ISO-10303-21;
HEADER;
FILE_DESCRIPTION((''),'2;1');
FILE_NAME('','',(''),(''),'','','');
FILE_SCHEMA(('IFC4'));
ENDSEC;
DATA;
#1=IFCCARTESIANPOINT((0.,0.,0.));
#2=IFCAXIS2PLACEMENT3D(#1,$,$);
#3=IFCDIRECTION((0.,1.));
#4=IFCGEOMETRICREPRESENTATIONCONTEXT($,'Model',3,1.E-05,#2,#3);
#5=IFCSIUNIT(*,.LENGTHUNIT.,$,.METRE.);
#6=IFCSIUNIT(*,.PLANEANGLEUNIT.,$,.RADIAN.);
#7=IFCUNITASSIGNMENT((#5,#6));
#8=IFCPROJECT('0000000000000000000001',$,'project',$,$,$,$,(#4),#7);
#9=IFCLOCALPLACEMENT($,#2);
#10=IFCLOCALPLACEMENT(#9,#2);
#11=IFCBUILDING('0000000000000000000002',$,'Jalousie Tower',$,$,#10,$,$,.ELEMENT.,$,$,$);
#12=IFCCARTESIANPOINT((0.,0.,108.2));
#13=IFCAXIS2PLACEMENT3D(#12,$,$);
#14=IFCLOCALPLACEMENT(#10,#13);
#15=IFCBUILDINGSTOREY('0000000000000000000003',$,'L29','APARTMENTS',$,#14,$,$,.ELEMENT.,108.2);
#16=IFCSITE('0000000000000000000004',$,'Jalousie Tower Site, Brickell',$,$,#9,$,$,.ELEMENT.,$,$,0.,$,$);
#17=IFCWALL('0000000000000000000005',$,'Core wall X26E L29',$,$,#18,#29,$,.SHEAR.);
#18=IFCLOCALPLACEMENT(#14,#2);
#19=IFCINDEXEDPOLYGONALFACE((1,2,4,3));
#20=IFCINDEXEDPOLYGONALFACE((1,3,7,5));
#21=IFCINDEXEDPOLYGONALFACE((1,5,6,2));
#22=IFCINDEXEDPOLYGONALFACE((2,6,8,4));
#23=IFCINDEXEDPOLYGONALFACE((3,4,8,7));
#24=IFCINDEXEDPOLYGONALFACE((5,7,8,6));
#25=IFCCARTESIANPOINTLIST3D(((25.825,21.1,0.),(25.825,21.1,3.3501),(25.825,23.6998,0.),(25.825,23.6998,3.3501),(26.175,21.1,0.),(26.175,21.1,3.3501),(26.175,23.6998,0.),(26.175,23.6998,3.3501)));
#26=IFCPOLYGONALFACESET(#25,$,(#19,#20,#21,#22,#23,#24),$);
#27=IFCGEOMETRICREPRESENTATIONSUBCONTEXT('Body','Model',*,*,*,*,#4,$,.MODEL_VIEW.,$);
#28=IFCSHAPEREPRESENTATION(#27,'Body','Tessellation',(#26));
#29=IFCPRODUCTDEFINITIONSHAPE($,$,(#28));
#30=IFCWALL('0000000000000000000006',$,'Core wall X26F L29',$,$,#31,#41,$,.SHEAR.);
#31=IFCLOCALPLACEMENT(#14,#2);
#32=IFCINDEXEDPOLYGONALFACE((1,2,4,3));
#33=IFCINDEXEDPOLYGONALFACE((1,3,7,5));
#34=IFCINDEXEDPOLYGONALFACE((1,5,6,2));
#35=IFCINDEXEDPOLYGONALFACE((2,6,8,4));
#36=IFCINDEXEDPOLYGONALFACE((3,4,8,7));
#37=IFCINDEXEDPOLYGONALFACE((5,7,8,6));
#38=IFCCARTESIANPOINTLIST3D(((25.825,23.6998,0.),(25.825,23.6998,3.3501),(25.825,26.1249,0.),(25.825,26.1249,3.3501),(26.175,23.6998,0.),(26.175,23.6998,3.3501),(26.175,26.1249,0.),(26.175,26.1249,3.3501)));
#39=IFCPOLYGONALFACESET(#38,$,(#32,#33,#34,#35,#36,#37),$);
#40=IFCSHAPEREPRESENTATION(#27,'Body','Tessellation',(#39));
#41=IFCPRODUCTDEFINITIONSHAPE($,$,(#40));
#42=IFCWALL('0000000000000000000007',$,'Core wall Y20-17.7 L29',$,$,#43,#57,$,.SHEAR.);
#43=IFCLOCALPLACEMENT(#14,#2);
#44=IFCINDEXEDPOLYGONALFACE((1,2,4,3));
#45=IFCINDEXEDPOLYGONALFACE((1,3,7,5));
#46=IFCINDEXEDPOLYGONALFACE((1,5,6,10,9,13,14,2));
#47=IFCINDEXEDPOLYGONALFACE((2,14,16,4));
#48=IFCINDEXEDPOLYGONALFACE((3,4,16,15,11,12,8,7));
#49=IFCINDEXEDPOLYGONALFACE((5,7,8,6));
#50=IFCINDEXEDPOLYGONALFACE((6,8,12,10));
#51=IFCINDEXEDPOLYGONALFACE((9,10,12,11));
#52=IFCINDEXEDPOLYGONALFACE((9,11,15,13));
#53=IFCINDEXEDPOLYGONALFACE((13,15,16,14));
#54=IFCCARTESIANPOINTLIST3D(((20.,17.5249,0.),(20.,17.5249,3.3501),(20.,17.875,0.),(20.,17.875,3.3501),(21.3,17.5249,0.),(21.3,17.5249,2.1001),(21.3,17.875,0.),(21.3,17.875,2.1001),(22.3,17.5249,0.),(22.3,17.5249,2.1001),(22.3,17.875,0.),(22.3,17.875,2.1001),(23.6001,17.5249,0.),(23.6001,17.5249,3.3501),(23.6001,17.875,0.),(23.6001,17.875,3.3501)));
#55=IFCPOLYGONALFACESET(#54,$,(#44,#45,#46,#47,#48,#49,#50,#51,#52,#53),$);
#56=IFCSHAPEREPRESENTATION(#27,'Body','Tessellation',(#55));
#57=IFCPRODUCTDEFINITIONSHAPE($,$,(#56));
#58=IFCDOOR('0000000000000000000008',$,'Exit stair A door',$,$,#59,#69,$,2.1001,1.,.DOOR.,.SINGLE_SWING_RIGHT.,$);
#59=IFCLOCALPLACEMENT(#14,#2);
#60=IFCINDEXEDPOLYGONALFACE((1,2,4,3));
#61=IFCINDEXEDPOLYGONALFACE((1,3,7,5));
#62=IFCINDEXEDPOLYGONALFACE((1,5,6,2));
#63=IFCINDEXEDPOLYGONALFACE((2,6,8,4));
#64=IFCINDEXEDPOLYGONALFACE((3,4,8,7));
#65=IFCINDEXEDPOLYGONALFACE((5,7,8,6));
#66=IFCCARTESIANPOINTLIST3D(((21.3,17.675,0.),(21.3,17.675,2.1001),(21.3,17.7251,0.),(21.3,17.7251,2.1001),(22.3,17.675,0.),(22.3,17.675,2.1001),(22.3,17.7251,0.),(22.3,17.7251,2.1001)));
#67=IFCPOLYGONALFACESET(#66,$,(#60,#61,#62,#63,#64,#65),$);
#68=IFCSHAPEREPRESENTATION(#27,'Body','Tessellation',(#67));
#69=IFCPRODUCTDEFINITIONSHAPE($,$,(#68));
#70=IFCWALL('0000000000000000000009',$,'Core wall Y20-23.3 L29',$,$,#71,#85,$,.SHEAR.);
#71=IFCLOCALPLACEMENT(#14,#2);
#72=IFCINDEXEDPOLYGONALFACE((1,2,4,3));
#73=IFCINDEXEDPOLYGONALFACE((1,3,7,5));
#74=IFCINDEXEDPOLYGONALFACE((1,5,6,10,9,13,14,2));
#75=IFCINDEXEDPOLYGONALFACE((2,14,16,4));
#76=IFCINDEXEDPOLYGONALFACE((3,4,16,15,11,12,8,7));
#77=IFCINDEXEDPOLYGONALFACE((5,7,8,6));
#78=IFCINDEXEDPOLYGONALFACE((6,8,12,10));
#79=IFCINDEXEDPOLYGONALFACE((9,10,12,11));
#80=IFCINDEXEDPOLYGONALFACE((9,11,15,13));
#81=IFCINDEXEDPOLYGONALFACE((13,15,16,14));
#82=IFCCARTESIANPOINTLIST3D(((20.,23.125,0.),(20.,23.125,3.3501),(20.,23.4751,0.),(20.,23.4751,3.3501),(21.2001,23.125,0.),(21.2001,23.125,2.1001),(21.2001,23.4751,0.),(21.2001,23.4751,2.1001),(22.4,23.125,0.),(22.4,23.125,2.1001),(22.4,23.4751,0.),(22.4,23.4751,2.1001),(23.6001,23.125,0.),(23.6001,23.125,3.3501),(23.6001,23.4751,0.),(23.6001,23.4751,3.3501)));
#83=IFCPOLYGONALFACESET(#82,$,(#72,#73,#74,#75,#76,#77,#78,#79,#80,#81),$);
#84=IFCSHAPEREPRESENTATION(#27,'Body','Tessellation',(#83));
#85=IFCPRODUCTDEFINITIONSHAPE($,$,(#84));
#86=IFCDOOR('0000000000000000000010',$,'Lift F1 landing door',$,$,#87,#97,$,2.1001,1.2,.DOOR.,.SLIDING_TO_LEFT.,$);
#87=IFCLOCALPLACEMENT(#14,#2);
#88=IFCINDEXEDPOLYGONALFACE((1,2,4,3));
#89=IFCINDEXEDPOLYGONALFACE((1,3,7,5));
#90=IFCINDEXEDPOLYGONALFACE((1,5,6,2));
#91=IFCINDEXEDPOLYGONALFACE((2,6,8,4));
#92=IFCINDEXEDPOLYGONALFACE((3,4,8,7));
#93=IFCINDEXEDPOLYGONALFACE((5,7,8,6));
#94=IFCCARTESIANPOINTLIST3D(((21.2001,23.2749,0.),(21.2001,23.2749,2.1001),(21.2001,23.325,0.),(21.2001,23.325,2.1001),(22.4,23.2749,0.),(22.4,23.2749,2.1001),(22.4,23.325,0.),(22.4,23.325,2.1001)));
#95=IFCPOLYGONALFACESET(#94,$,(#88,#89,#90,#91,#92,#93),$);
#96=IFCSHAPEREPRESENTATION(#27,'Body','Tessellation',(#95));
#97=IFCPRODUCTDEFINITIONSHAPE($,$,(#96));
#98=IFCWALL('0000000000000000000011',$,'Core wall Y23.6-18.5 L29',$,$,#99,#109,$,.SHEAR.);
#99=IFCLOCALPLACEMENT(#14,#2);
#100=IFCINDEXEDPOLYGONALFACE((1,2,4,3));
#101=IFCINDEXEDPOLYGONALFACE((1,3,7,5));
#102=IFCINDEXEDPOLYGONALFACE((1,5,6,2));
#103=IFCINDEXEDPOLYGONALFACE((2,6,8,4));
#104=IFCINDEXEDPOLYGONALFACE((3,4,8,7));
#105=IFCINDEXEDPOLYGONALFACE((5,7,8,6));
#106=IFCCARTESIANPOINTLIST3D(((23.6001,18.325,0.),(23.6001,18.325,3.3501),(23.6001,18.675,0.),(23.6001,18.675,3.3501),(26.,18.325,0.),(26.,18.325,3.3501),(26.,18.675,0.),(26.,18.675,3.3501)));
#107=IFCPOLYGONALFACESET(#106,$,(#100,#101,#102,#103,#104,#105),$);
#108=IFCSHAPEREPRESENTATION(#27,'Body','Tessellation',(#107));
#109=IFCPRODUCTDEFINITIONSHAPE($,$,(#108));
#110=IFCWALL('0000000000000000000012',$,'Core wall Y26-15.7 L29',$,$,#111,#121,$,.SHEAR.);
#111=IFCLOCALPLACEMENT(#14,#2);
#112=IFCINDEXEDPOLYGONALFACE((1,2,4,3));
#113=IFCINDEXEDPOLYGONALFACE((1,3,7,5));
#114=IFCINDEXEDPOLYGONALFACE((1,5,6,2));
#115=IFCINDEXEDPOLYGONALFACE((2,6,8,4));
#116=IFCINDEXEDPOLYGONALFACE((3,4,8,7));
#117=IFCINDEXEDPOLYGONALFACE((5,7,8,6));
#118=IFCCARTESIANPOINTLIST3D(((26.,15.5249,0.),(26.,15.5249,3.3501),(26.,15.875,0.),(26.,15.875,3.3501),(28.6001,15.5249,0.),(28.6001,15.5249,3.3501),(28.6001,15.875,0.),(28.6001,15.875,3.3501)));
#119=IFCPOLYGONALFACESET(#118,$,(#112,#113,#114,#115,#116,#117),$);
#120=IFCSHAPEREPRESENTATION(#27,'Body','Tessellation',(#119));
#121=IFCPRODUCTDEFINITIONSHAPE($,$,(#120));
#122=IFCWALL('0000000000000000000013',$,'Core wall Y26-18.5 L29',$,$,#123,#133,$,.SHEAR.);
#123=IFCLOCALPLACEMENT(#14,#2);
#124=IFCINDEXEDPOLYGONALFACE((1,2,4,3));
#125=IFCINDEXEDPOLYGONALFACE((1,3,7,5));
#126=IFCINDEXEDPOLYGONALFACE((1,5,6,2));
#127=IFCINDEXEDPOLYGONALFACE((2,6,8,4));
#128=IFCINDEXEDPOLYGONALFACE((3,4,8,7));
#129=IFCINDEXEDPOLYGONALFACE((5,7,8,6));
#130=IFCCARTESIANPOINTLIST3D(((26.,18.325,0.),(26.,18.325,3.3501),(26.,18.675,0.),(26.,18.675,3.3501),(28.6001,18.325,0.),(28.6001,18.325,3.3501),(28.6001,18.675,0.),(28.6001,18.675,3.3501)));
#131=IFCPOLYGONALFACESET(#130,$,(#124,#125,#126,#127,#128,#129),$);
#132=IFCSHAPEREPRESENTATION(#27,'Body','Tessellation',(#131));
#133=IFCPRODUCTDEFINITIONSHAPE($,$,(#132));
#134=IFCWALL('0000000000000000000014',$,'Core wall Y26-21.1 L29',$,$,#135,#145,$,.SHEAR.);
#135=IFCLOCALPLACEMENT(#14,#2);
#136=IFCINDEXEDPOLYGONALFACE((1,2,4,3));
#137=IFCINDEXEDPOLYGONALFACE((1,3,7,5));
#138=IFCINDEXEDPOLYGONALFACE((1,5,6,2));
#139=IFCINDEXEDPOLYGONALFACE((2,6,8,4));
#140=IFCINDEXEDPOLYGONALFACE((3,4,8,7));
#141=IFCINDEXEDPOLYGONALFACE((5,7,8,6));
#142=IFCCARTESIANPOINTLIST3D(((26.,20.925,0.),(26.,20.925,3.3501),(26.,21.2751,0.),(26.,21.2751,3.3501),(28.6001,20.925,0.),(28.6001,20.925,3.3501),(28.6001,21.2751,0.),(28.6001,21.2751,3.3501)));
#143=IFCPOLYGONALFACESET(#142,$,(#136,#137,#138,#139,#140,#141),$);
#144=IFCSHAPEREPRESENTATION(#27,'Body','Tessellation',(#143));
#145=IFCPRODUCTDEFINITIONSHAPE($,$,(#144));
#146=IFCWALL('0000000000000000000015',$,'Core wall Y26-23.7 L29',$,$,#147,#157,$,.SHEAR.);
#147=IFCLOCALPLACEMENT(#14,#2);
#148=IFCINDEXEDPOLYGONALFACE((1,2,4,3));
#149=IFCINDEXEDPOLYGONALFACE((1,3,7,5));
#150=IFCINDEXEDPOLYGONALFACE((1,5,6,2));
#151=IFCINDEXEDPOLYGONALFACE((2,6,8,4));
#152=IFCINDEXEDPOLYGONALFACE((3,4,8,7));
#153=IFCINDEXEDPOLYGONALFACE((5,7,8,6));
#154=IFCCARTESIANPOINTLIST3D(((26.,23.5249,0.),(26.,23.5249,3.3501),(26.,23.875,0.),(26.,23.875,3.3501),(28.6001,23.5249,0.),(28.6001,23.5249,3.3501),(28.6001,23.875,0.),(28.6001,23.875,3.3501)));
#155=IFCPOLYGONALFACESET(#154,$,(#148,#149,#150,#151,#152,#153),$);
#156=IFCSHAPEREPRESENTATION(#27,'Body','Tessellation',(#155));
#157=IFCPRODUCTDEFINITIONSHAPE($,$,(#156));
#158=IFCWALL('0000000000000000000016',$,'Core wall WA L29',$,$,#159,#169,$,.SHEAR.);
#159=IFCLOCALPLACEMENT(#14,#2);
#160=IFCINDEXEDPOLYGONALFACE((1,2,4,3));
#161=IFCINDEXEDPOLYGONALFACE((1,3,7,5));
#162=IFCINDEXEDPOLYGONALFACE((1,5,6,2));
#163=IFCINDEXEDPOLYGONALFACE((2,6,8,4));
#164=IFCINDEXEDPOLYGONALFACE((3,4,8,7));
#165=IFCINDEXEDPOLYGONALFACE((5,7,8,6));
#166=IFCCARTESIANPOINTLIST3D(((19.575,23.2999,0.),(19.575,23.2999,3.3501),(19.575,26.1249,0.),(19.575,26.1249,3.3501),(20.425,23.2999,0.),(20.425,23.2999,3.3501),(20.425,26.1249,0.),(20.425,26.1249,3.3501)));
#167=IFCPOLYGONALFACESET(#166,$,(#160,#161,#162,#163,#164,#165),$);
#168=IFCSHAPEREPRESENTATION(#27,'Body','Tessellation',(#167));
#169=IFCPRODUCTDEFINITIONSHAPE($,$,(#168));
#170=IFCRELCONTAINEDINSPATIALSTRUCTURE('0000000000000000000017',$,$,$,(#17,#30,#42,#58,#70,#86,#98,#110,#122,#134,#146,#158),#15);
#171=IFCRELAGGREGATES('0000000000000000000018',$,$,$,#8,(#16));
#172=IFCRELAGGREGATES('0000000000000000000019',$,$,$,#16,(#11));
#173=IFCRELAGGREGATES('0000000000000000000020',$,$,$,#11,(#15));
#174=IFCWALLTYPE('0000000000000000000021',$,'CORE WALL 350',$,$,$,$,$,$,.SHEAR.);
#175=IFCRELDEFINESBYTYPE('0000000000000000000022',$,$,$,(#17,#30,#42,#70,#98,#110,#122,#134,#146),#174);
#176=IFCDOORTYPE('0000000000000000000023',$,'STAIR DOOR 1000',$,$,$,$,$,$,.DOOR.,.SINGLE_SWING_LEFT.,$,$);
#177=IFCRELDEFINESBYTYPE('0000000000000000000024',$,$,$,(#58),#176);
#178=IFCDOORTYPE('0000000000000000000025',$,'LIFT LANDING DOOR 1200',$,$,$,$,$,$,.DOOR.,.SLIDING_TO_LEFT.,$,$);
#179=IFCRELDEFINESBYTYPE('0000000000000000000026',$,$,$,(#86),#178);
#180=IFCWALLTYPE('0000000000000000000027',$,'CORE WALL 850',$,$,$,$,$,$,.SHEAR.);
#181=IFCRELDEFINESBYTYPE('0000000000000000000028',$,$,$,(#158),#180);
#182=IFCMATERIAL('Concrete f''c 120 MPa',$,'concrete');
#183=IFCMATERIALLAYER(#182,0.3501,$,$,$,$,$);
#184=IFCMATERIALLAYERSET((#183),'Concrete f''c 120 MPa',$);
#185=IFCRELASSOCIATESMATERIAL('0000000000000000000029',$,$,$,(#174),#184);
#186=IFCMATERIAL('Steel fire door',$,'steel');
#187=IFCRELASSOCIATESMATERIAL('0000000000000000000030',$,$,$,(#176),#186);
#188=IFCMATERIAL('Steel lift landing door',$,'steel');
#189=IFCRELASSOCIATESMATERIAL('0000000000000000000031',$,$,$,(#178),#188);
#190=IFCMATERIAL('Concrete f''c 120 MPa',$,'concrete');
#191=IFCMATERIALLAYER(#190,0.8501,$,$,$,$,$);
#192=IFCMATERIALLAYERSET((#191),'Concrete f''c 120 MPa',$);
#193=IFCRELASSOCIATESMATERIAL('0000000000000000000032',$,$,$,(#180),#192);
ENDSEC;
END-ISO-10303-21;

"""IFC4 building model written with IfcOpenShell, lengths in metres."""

from ifc_helpers import new_model, si_unit, direction, frame, frame_2d, origin, place, context, subcontext, project, spatial, rectangle, extrude, material, layer, layer_set, type_object, element, fill, save


model = new_model("IFC4")

# Units and contexts
model_context = context("Model", 3, precision=1e-05, world=origin(), true_north=direction((0.0, 1.0)))
body_context = subcontext(model_context, "Body", "Model", "MODEL_VIEW")
ifc_project = project(units=[si_unit("LENGTHUNIT", "METRE"), si_unit("PLANEANGLEUNIT", "RADIAN")], contexts=[model_context])

# Site, building, storey
site_placement = place(None, origin())
site = spatial("IfcSite", under=ifc_project, at=site_placement, Name="Jalousie Tower Site, Brickell", CompositionType="ELEMENT", RefElevation=0.0)
building_placement = place(site_placement, origin())
building = spatial("IfcBuilding", under=site, at=building_placement, Name="Jalousie Tower", CompositionType="ELEMENT")
storey_placement = place(building_placement, frame((0.0, 0.0, 108.2)))
storey = spatial("IfcBuildingStorey", under=building, at=storey_placement, Name="L29", Description="APARTMENTS", CompositionType="ELEMENT", Elevation=108.2)

# Walls
ifc_material_1 = material(Name="Concrete f'c 120 MPa", Category="concrete")
ifc_layer_1 = layer(ifc_material_1, 0.3501)
ifc_layer_set_1 = layer_set([ifc_layer_1], Name="Concrete f'c 120 MPa")
wall_type_1 = type_object("IfcWallType", Name="CORE WALL 350", PredefinedType="SHEAR", material=ifc_layer_set_1)
wall_1_placement = place(storey_placement, frame((26.0, 21.1001, 0.0), z_axis=(0.0, 0.0, 1.0), x_axis=(0.0, 1.0, 0.0)))
element("IfcWall", 1, at=wall_1_placement, inside=storey, type_object=wall_type_1, Name="Core wall X26E L29", PredefinedType="SHEAR", context=body_context, shape_type="SweptSolid", body=[
    extrude(rectangle(XDim=2.5999, YDim=0.3501, at=frame_2d((1.2998, 0.0))), origin(), (0.0, 0.0, 1.0), 3.3501),
])
wall_2_placement = place(storey_placement, frame((26.0, 23.7, 0.0), z_axis=(0.0, 0.0, 1.0), x_axis=(0.0, 1.0, 0.0)))
element("IfcWall", 2, at=wall_2_placement, inside=storey, type_object=wall_type_1, Name="Core wall X26F L29", PredefinedType="SHEAR", context=body_context, shape_type="SweptSolid", body=[
    extrude(rectangle(XDim=2.425, YDim=0.3501, at=frame_2d((1.2124, 0.0))), origin(), (0.0, 0.0, 1.0), 3.3501),
])

# Walls, openings, doors
wall_3_placement = place(storey_placement, frame((20.0, 17.7, 0.0), z_axis=(0.0, 0.0, 1.0), x_axis=(1.0, 0.0, 0.0)))
wall_3 = element("IfcWall", 3, at=wall_3_placement, inside=storey, type_object=wall_type_1, Name="Core wall Y20-17.7 L29", PredefinedType="SHEAR", context=body_context, shape_type="SweptSolid", body=[
    extrude(rectangle(XDim=3.6001, YDim=0.3501, at=frame_2d((1.8, 0.0))), origin(), (0.0, 0.0, 1.0), 3.3501),
])
opening_1_placement = place(wall_3_placement, frame((1.3, 0.0, 0.0)))
opening_1 = element("IfcOpeningElement", 4, at=opening_1_placement, cuts=wall_3, PredefinedType="OPENING", context=body_context, shape_type="SweptSolid", body=[
    extrude(rectangle(XDim=1.0, YDim=2.1001, at=frame_2d((0.5, 1.05))), frame((0.0, 0.1851, 0.0), z_axis=(0.0, -1.0, 0.0), x_axis=(1.0, 0.0, 0.0)), (0.0, 0.0, 1.0), 0.3701),
])
ifc_material_2 = material(Name="Steel fire door", Category="steel")
door_type_1 = type_object("IfcDoorType", Name="STAIR DOOR 1000", OperationType="SINGLE_SWING_LEFT", PredefinedType="DOOR", material=ifc_material_2)
door_1_placement = place(opening_1_placement, frame((1.0, 0.0, 0.0), z_axis=(0.0, 0.0, 1.0), x_axis=(-1.0, 0.0, 0.0)))
door_1 = element("IfcDoor", 5, at=door_1_placement, inside=storey, type_object=door_type_1, Name="Exit stair A door", OperationType="SINGLE_SWING_RIGHT", OverallHeight=2.1001, OverallWidth=1.0, PredefinedType="DOOR", context=body_context, shape_type="SweptSolid", body=[
    extrude(rectangle(XDim=1.0, YDim=2.1001, at=frame_2d((0.5, 1.05))), frame((0.0, 0.0249, 0.0), z_axis=(0.0, -1.0, 0.0), x_axis=(1.0, 0.0, 0.0)), (0.0, 0.0, 1.0), 0.05),
])
fill(opening_1, door_1)
wall_4_placement = place(storey_placement, frame((20.0, 23.3, 0.0), z_axis=(0.0, 0.0, 1.0), x_axis=(1.0, 0.0, 0.0)))
wall_4 = element("IfcWall", 6, at=wall_4_placement, inside=storey, type_object=wall_type_1, Name="Core wall Y20-23.3 L29", PredefinedType="SHEAR", context=body_context, shape_type="SweptSolid", body=[
    extrude(rectangle(XDim=3.6001, YDim=0.3501, at=frame_2d((1.8, 0.0))), origin(), (0.0, 0.0, 1.0), 3.3501),
])
opening_2_placement = place(wall_4_placement, frame((1.2, 0.0, 0.0)))
opening_2 = element("IfcOpeningElement", 7, at=opening_2_placement, cuts=wall_4, PredefinedType="OPENING", context=body_context, shape_type="SweptSolid", body=[
    extrude(rectangle(XDim=1.2, YDim=2.1001, at=frame_2d((0.6001, 1.05))), frame((0.0, 0.1851, 0.0), z_axis=(0.0, -1.0, 0.0), x_axis=(1.0, 0.0, 0.0)), (0.0, 0.0, 1.0), 0.3701),
])
ifc_material_3 = material(Name="Steel lift landing door", Category="steel")
door_type_2 = type_object("IfcDoorType", Name="LIFT LANDING DOOR 1200", OperationType="SLIDING_TO_LEFT", PredefinedType="DOOR", material=ifc_material_3)
door_2_placement = place(opening_2_placement, origin())
door_2 = element("IfcDoor", 8, at=door_2_placement, inside=storey, type_object=door_type_2, Name="Lift F1 landing door", OperationType="SLIDING_TO_LEFT", OverallHeight=2.1001, OverallWidth=1.2, PredefinedType="DOOR", context=body_context, shape_type="SweptSolid", body=[
    extrude(rectangle(XDim=1.2, YDim=2.1001, at=frame_2d((0.6001, 1.05))), frame((0.0, 0.0249, 0.0), z_axis=(0.0, -1.0, 0.0), x_axis=(1.0, 0.0, 0.0)), (0.0, 0.0, 1.0), 0.05),
])
fill(opening_2, door_2)

# Walls
wall_5_placement = place(storey_placement, frame((23.6001, 18.5, 0.0), z_axis=(0.0, 0.0, 1.0), x_axis=(1.0, 0.0, 0.0)))
element("IfcWall", 9, at=wall_5_placement, inside=storey, type_object=wall_type_1, Name="Core wall Y23.6-18.5 L29", PredefinedType="SHEAR", context=body_context, shape_type="SweptSolid", body=[
    extrude(rectangle(XDim=2.3999, YDim=0.3501, at=frame_2d((1.2, 0.0))), origin(), (0.0, 0.0, 1.0), 3.3501),
])
for number, where, z_axis, x_axis, name in (
    (10, (26.0, 15.7, 0.0), (0.0, 0.0, 1.0), (1.0, 0.0, 0.0), "Core wall Y26-15.7 L29"),
    (11, (26.0, 18.5, 0.0), (0.0, 0.0, 1.0), (1.0, 0.0, 0.0), "Core wall Y26-18.5 L29"),
    (12, (26.0, 21.1001, 0.0), (0.0, 0.0, 1.0), (1.0, 0.0, 0.0), "Core wall Y26-21.1 L29"),
    (13, (26.0, 23.7, 0.0), (0.0, 0.0, 1.0), (1.0, 0.0, 0.0), "Core wall Y26-23.7 L29"),
):
    element("IfcWall", number, at=place(storey_placement, frame(where, z_axis=z_axis, x_axis=x_axis)), inside=storey, type_object=wall_type_1, Name=name, PredefinedType="SHEAR", context=body_context, shape_type="SweptSolid", body=[
        extrude(rectangle(XDim=2.6001, YDim=0.3501, at=frame_2d((1.3, 0.0))), origin(), (0.0, 0.0, 1.0), 3.3501),
    ])
ifc_material_4 = material(Name="Concrete f'c 120 MPa", Category="concrete")
ifc_layer_2 = layer(ifc_material_4, 0.8501)
ifc_layer_set_2 = layer_set([ifc_layer_2], Name="Concrete f'c 120 MPa")
wall_type_2 = type_object("IfcWallType", Name="CORE WALL 850", PredefinedType="SHEAR", material=ifc_layer_set_2)
wall_6_placement = place(storey_placement, frame((20.0, 26.125, 0.0), z_axis=(0.0, 0.0, 1.0), x_axis=(0.0, -1.0, 0.0)))
element("IfcWall", 14, at=wall_6_placement, inside=storey, type_object=wall_type_2, Name="Core wall WA L29", PredefinedType="SHEAR", context=body_context, shape_type="SweptSolid", body=[
    extrude(rectangle(XDim=2.825, YDim=0.8501, at=frame_2d((1.4126, 0.0))), origin(), (0.0, 0.0, 1.0), 3.3501),
])

save(model, "model.ifc")
